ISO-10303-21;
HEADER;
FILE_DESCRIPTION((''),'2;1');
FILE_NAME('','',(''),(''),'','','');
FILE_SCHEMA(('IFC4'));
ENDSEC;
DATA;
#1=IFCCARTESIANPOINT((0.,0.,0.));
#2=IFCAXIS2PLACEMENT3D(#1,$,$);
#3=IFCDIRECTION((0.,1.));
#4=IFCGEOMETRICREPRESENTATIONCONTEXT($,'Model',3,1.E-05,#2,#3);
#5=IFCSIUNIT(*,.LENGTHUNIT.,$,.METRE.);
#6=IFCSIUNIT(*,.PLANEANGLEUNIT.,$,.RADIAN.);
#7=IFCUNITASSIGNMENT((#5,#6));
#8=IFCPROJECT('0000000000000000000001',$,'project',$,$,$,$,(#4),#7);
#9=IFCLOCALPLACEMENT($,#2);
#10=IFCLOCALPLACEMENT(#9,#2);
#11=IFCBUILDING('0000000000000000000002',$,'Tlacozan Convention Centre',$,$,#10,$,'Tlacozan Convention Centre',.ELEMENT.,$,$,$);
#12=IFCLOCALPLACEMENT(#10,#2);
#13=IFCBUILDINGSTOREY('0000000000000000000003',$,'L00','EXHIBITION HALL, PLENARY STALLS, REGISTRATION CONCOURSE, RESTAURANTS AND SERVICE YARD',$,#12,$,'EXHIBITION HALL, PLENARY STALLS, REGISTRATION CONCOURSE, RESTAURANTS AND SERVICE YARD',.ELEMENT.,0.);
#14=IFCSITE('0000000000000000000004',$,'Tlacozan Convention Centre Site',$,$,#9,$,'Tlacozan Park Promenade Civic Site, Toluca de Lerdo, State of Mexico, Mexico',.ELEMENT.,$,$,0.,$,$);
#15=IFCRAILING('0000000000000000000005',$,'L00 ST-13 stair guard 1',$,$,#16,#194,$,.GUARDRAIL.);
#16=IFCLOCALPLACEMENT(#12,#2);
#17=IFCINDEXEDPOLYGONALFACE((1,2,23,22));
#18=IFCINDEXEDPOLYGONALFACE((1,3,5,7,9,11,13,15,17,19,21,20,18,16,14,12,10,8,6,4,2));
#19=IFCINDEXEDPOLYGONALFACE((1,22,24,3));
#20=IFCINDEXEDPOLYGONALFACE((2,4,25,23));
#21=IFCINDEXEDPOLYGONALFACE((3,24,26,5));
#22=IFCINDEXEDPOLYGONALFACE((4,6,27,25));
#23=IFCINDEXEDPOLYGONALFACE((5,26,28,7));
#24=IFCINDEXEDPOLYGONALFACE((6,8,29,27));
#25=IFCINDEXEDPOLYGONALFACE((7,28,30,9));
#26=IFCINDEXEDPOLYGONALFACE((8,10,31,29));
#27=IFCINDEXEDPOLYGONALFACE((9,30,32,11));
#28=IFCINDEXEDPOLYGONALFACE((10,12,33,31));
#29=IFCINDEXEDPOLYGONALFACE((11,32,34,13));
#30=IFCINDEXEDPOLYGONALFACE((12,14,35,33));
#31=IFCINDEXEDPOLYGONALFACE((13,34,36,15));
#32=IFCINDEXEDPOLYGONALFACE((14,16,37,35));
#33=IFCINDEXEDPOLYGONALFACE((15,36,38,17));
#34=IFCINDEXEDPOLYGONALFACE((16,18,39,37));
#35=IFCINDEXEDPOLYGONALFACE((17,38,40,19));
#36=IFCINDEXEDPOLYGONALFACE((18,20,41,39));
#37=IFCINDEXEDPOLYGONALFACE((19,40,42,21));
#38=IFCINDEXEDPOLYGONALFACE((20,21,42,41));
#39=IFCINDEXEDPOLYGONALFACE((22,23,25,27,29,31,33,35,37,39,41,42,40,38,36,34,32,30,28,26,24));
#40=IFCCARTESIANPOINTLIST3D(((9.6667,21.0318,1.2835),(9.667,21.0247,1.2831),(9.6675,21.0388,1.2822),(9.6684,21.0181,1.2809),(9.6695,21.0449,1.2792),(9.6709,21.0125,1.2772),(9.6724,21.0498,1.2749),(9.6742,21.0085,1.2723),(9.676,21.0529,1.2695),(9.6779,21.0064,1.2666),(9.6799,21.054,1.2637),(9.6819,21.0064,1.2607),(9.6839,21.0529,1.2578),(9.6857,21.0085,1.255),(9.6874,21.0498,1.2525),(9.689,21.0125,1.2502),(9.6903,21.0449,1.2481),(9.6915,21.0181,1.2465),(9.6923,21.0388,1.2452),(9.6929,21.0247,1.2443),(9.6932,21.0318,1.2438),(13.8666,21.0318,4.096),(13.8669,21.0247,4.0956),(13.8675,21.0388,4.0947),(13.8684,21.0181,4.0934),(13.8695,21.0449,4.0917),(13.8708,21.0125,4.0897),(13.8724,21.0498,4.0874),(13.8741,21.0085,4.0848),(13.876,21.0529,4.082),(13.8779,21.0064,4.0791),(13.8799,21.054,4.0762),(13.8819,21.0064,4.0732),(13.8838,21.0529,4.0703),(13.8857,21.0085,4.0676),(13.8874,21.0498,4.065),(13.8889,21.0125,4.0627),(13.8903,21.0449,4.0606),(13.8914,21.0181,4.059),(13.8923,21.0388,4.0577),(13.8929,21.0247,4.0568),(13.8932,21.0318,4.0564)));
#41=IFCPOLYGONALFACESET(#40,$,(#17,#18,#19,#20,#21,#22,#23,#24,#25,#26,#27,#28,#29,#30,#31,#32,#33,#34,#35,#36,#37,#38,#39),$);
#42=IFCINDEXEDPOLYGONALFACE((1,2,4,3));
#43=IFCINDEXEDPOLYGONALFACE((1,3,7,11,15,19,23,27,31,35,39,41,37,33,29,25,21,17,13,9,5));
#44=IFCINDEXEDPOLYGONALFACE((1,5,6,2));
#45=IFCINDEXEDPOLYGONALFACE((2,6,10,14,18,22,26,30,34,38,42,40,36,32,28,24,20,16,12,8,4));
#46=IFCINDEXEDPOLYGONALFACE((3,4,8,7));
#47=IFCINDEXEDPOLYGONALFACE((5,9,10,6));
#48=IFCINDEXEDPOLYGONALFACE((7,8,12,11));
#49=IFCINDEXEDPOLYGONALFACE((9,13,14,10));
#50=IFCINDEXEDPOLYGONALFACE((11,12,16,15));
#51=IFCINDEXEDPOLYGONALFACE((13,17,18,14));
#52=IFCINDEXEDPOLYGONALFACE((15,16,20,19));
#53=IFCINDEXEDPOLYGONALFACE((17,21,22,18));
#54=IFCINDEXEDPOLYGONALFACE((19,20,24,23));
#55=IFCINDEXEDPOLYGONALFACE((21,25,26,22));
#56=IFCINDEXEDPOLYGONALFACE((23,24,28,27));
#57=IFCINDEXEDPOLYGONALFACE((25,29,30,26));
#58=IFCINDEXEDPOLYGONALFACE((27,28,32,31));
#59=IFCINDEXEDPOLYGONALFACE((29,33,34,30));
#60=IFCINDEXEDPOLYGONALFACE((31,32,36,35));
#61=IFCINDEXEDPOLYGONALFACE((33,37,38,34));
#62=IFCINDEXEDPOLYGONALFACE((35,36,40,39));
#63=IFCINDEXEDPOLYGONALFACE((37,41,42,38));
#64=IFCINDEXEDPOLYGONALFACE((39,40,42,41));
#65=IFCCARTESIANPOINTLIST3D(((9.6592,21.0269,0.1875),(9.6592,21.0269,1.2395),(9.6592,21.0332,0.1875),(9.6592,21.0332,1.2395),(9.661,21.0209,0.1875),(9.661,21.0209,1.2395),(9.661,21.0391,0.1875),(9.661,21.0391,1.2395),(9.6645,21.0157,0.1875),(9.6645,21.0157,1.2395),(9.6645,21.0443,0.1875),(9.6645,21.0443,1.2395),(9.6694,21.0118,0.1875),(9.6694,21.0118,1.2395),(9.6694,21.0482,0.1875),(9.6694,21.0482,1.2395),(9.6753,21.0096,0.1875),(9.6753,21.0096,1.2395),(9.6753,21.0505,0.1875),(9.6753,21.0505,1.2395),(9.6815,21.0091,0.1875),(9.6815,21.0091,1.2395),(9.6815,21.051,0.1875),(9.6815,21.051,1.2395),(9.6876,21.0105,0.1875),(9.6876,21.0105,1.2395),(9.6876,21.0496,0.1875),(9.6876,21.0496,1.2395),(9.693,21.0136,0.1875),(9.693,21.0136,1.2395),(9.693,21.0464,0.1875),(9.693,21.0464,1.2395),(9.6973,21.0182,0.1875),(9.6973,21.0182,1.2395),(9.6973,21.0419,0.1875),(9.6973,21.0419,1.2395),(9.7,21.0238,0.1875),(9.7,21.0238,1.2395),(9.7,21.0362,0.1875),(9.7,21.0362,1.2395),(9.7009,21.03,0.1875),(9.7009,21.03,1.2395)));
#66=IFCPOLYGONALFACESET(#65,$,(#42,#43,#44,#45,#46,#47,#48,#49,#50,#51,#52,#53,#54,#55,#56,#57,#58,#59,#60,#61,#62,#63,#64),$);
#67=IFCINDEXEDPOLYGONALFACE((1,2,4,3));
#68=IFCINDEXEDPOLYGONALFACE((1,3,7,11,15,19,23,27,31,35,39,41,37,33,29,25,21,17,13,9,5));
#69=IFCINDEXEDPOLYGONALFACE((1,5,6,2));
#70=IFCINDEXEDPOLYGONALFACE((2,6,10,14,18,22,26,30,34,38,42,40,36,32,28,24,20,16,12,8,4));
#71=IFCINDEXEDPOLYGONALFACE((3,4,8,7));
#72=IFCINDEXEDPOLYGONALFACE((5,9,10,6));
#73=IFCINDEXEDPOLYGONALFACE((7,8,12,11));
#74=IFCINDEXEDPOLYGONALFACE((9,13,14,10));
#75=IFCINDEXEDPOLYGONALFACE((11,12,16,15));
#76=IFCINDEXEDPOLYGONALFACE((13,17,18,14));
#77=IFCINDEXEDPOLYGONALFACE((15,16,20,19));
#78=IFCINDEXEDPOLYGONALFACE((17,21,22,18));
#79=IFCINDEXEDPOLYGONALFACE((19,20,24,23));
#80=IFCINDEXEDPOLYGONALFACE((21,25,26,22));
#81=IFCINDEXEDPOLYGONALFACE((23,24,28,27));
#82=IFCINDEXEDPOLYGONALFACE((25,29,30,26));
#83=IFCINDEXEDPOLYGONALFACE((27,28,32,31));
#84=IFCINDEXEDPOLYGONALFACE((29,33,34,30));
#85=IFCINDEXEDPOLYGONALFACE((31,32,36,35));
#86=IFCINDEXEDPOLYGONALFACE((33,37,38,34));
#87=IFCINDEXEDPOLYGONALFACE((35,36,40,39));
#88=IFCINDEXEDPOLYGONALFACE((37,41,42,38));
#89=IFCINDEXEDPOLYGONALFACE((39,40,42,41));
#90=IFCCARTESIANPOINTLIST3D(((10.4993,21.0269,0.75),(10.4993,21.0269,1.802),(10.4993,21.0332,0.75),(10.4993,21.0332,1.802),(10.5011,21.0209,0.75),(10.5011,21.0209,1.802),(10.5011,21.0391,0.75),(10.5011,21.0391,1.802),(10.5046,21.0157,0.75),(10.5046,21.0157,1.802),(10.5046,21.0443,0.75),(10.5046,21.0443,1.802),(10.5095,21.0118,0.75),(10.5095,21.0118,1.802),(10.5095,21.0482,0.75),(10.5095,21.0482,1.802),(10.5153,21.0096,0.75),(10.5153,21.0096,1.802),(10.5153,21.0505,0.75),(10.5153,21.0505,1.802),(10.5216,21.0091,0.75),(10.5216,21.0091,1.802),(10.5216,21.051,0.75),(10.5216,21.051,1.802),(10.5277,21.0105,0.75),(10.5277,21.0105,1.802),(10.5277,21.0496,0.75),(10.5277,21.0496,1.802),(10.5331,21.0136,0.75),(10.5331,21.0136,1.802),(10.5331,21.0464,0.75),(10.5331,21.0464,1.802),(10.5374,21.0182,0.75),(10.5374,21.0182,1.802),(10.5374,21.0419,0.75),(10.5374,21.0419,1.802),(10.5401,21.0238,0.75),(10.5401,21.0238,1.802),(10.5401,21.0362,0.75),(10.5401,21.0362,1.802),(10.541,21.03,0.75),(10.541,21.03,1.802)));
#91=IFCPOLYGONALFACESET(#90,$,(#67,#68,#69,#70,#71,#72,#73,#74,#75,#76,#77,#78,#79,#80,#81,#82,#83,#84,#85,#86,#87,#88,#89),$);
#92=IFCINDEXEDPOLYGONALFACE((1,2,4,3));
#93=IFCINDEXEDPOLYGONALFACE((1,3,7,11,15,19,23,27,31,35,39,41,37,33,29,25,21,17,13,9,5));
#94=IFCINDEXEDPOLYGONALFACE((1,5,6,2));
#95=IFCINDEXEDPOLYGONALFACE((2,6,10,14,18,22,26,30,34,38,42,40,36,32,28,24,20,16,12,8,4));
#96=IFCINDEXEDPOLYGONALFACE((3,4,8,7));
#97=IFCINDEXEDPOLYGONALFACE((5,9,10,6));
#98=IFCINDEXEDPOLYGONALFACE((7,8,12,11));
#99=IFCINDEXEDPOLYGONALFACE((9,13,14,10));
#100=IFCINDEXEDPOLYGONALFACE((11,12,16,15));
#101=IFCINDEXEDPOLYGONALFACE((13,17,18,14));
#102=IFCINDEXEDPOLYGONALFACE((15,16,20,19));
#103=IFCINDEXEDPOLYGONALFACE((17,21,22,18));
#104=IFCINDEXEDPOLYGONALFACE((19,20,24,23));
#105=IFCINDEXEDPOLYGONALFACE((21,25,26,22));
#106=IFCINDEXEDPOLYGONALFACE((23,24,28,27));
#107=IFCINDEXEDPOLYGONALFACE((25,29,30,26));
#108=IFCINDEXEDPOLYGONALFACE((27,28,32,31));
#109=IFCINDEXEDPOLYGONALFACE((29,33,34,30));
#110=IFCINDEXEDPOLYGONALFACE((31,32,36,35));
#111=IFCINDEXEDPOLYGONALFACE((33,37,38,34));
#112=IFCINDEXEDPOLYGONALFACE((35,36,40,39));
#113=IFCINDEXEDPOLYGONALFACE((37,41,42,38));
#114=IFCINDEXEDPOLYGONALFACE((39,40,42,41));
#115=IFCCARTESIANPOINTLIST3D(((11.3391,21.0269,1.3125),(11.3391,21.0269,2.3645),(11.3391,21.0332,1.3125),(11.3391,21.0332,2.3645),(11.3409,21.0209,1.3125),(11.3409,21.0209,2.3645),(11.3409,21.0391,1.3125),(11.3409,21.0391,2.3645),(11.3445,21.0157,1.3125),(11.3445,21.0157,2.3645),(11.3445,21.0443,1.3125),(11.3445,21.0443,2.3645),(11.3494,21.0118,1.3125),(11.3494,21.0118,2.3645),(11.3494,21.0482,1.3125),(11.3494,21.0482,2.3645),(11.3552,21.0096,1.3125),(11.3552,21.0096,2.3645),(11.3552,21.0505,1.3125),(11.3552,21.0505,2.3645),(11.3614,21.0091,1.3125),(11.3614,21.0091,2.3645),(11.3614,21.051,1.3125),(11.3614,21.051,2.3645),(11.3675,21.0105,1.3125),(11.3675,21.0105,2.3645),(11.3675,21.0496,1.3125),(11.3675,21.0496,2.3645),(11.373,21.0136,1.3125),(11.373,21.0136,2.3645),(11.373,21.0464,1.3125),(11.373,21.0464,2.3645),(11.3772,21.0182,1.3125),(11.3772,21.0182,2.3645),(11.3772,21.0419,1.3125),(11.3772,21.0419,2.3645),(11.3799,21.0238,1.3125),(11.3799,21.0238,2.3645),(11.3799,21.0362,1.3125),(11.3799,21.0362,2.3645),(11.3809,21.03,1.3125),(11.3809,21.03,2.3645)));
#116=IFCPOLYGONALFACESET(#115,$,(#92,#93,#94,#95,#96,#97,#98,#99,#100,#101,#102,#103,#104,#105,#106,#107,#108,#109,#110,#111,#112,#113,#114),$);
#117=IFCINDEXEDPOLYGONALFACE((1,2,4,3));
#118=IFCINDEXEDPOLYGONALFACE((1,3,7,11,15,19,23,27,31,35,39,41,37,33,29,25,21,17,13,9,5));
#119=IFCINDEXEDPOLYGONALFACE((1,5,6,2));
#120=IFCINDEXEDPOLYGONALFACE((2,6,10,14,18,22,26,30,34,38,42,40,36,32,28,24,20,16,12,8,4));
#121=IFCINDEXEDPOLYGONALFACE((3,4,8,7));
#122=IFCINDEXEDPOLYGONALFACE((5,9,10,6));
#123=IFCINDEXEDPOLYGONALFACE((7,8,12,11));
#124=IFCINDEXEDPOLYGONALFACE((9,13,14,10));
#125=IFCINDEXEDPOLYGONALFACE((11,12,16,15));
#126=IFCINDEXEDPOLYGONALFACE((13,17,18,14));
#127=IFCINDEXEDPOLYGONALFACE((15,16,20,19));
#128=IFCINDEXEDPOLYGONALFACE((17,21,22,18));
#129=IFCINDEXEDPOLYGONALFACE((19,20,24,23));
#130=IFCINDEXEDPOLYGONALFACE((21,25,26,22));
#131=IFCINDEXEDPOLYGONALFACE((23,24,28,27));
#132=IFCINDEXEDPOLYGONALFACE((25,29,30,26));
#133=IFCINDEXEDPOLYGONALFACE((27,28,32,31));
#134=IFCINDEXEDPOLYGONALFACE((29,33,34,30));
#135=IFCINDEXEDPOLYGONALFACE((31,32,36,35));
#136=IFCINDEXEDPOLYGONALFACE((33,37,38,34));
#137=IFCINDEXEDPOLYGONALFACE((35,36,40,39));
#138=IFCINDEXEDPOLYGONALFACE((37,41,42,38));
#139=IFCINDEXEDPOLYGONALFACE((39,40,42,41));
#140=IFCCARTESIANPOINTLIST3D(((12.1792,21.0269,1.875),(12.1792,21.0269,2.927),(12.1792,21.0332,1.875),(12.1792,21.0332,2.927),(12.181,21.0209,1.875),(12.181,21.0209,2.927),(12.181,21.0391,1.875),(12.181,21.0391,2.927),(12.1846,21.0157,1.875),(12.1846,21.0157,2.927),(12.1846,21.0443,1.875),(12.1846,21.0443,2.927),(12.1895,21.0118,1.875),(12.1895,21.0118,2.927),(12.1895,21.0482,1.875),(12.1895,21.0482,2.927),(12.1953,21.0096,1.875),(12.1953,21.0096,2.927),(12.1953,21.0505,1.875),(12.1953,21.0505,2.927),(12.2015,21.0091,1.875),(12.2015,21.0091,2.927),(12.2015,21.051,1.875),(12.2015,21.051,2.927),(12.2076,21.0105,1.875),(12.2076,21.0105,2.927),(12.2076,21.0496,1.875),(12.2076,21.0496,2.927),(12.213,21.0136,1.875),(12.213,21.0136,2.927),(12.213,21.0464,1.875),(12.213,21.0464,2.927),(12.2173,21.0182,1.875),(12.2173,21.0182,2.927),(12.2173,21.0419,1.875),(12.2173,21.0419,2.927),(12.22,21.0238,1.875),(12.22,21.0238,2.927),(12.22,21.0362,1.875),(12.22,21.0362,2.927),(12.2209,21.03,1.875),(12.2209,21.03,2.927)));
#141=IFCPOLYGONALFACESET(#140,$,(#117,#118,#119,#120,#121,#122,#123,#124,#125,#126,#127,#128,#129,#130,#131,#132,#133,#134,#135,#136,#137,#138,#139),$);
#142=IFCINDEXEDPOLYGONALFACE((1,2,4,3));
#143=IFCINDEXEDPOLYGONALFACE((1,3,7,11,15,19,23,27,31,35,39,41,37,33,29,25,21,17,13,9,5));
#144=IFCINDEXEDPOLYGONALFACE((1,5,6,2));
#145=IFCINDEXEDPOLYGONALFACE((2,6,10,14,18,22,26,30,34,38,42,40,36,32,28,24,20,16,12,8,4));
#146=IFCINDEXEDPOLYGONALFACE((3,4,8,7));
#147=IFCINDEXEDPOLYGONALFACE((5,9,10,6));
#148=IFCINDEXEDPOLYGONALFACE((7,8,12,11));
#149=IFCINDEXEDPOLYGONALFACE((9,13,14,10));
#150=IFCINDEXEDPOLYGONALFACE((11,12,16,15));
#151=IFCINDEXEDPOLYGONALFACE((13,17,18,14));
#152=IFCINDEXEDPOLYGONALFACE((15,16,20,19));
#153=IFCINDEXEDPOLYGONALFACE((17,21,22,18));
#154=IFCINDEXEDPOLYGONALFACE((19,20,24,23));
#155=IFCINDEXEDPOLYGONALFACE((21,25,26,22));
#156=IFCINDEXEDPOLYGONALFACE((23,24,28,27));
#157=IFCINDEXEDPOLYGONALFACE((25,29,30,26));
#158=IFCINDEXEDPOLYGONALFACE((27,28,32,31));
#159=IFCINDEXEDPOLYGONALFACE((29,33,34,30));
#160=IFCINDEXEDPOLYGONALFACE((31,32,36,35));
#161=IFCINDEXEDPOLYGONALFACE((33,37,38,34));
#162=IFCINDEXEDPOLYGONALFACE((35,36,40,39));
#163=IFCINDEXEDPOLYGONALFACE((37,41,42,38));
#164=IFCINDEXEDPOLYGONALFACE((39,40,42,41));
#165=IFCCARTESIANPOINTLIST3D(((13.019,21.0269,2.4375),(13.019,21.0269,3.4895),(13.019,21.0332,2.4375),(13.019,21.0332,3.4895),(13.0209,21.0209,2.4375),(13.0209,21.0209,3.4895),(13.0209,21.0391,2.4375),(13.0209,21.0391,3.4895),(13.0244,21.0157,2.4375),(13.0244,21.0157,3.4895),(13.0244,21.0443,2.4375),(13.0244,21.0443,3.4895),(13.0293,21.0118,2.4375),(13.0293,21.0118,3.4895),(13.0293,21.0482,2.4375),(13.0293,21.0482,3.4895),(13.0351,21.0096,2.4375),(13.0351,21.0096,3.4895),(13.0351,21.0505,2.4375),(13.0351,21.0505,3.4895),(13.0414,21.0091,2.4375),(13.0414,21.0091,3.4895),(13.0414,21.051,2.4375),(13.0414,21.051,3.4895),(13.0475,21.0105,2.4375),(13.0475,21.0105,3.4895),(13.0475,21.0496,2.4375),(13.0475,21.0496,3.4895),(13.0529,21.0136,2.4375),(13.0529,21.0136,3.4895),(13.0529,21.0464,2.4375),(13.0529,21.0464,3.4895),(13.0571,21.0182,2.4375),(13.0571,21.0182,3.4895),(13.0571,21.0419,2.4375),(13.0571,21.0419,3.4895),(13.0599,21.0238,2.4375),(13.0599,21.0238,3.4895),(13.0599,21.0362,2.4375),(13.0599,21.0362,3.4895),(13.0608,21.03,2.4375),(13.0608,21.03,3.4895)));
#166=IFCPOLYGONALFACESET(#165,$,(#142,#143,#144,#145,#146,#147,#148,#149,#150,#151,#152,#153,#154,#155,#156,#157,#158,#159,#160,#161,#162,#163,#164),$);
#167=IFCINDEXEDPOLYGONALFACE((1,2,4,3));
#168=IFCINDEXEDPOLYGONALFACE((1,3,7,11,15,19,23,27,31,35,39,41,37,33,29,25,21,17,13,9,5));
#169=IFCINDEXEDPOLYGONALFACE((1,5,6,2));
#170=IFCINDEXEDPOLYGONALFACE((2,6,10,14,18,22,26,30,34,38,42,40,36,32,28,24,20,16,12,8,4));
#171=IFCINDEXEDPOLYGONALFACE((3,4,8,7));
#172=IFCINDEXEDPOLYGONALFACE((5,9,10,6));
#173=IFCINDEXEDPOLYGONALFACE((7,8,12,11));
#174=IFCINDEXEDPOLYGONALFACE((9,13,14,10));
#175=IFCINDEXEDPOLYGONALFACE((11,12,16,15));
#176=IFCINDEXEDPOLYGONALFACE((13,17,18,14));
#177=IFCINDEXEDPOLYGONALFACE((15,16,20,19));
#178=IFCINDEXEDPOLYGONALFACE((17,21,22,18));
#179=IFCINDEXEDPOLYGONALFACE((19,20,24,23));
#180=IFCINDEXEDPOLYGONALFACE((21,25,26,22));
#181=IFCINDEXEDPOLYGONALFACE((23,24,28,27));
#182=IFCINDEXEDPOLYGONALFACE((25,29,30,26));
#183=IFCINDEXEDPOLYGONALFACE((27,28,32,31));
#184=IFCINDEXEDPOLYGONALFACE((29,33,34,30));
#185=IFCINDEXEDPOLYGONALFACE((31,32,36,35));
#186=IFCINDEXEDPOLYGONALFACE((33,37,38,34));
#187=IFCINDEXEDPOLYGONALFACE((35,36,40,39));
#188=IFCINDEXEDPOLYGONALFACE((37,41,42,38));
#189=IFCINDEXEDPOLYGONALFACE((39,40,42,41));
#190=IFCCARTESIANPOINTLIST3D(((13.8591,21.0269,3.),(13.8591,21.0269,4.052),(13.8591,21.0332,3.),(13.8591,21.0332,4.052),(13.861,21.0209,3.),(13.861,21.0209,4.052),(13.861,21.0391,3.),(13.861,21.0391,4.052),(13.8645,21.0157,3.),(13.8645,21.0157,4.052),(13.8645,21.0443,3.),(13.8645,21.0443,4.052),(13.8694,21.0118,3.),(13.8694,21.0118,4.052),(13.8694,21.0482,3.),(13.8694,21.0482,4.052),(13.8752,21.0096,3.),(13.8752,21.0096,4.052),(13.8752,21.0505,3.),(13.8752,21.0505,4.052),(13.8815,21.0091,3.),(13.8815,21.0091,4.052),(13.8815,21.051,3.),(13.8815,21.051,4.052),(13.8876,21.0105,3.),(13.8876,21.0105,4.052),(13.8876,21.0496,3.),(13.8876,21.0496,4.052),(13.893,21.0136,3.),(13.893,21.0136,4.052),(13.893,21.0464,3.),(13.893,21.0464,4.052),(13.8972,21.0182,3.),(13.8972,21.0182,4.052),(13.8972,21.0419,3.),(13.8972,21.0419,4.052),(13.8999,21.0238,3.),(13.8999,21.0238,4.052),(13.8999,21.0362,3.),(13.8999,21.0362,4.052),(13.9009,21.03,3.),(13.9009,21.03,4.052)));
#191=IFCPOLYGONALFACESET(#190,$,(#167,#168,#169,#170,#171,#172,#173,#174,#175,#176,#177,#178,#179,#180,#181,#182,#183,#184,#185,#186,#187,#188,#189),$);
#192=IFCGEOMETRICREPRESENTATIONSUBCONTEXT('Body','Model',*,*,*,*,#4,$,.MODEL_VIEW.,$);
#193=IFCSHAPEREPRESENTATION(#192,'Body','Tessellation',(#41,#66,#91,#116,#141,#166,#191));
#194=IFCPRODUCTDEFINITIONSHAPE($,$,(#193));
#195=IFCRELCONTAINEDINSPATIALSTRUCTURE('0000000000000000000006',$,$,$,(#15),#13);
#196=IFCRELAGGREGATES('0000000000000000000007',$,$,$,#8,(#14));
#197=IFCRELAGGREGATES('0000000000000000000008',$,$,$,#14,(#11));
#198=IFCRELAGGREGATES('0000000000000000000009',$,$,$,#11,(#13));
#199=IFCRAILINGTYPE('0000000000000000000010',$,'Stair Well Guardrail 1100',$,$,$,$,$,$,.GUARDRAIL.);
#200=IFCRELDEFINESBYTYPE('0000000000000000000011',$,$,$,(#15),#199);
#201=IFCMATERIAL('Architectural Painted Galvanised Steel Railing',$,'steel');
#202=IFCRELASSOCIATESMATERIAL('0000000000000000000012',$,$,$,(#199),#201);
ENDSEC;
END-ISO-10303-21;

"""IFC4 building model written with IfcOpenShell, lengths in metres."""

from ifc_helpers import new_model, si_unit, direction, frame, origin, origin_2d, place, context, subcontext, project, spatial, circle, extrude, material, type_object, element, save


model = new_model("IFC4")

# Units and contexts
model_context = context("Model", 3, precision=1e-05, world=origin(), true_north=direction((0.0, 1.0)))
body_context = subcontext(model_context, "Body", "Model", "MODEL_VIEW")
ifc_project = project(units=[si_unit("LENGTHUNIT", "METRE"), si_unit("PLANEANGLEUNIT", "RADIAN")], contexts=[model_context])

# Site, building, storey
site_placement = place(None, origin())
site = spatial("IfcSite", under=ifc_project, at=site_placement, Name="Tlacozan Convention Centre Site", LongName="Tlacozan Park Promenade Civic Site, Toluca de Lerdo, State of Mexico, Mexico", CompositionType="ELEMENT", RefElevation=0.0)
building_placement = place(site_placement, origin())
building = spatial("IfcBuilding", under=site, at=building_placement, Name="Tlacozan Convention Centre", LongName="Tlacozan Convention Centre", CompositionType="ELEMENT")
storey_placement = place(building_placement, origin())
storey = spatial("IfcBuildingStorey", under=building, at=storey_placement, Name="L00", Description="EXHIBITION HALL, PLENARY STALLS, REGISTRATION CONCOURSE, RESTAURANTS AND SERVICE YARD", LongName="EXHIBITION HALL, PLENARY STALLS, REGISTRATION CONCOURSE, RESTAURANTS AND SERVICE YARD", CompositionType="ELEMENT", Elevation=0.0)

# Railing
ifc_material_1 = material(Name="Architectural Painted Galvanised Steel Railing", Category="steel")
railing_type_1 = type_object("IfcRailingType", Name="Stair Well Guardrail 1100", PredefinedType="GUARDRAIL", material=ifc_material_1)
railing_1_placement = place(storey_placement, frame((9.6799, 21.03, 0.1875)))
element("IfcRailing", 1, at=railing_1_placement, inside=storey, type_object=railing_type_1, Name="L00 ST-13 stair guard 1", PredefinedType="GUARDRAIL", context=body_context, shape_type="SweptSolid", body=[
    extrude(circle(Radius=0.0239, at=origin_2d()), frame((0.0, 0.0, 1.0762), z_axis=(0.830904, 0.0, 0.556416), x_axis=(0.0, 1.0, 0.0)), (0.0, 0.0, 1.0), 5.0547),
    extrude(circle(Radius=0.021, at=origin_2d()), origin(), (0.0, 0.0, 1.0), 1.052),
    extrude(circle(Radius=0.021, at=origin_2d()), frame((0.8401, 0.0, 0.5625)), (0.0, 0.0, 1.0), 1.052),
    extrude(circle(Radius=0.021, at=origin_2d()), frame((1.6799, 0.0, 1.125)), (0.0, 0.0, 1.0), 1.052),
    extrude(circle(Radius=0.021, at=origin_2d()), frame((2.52, 0.0, 1.6875)), (0.0, 0.0, 1.0), 1.052),
    extrude(circle(Radius=0.021, at=origin_2d()), frame((3.3599, 0.0, 2.25)), (0.0, 0.0, 1.0), 1.052),
    extrude(circle(Radius=0.021, at=origin_2d()), frame((4.2, 0.0, 2.8125)), (0.0, 0.0, 1.0), 1.052),
])

save(model, "model.ifc")
